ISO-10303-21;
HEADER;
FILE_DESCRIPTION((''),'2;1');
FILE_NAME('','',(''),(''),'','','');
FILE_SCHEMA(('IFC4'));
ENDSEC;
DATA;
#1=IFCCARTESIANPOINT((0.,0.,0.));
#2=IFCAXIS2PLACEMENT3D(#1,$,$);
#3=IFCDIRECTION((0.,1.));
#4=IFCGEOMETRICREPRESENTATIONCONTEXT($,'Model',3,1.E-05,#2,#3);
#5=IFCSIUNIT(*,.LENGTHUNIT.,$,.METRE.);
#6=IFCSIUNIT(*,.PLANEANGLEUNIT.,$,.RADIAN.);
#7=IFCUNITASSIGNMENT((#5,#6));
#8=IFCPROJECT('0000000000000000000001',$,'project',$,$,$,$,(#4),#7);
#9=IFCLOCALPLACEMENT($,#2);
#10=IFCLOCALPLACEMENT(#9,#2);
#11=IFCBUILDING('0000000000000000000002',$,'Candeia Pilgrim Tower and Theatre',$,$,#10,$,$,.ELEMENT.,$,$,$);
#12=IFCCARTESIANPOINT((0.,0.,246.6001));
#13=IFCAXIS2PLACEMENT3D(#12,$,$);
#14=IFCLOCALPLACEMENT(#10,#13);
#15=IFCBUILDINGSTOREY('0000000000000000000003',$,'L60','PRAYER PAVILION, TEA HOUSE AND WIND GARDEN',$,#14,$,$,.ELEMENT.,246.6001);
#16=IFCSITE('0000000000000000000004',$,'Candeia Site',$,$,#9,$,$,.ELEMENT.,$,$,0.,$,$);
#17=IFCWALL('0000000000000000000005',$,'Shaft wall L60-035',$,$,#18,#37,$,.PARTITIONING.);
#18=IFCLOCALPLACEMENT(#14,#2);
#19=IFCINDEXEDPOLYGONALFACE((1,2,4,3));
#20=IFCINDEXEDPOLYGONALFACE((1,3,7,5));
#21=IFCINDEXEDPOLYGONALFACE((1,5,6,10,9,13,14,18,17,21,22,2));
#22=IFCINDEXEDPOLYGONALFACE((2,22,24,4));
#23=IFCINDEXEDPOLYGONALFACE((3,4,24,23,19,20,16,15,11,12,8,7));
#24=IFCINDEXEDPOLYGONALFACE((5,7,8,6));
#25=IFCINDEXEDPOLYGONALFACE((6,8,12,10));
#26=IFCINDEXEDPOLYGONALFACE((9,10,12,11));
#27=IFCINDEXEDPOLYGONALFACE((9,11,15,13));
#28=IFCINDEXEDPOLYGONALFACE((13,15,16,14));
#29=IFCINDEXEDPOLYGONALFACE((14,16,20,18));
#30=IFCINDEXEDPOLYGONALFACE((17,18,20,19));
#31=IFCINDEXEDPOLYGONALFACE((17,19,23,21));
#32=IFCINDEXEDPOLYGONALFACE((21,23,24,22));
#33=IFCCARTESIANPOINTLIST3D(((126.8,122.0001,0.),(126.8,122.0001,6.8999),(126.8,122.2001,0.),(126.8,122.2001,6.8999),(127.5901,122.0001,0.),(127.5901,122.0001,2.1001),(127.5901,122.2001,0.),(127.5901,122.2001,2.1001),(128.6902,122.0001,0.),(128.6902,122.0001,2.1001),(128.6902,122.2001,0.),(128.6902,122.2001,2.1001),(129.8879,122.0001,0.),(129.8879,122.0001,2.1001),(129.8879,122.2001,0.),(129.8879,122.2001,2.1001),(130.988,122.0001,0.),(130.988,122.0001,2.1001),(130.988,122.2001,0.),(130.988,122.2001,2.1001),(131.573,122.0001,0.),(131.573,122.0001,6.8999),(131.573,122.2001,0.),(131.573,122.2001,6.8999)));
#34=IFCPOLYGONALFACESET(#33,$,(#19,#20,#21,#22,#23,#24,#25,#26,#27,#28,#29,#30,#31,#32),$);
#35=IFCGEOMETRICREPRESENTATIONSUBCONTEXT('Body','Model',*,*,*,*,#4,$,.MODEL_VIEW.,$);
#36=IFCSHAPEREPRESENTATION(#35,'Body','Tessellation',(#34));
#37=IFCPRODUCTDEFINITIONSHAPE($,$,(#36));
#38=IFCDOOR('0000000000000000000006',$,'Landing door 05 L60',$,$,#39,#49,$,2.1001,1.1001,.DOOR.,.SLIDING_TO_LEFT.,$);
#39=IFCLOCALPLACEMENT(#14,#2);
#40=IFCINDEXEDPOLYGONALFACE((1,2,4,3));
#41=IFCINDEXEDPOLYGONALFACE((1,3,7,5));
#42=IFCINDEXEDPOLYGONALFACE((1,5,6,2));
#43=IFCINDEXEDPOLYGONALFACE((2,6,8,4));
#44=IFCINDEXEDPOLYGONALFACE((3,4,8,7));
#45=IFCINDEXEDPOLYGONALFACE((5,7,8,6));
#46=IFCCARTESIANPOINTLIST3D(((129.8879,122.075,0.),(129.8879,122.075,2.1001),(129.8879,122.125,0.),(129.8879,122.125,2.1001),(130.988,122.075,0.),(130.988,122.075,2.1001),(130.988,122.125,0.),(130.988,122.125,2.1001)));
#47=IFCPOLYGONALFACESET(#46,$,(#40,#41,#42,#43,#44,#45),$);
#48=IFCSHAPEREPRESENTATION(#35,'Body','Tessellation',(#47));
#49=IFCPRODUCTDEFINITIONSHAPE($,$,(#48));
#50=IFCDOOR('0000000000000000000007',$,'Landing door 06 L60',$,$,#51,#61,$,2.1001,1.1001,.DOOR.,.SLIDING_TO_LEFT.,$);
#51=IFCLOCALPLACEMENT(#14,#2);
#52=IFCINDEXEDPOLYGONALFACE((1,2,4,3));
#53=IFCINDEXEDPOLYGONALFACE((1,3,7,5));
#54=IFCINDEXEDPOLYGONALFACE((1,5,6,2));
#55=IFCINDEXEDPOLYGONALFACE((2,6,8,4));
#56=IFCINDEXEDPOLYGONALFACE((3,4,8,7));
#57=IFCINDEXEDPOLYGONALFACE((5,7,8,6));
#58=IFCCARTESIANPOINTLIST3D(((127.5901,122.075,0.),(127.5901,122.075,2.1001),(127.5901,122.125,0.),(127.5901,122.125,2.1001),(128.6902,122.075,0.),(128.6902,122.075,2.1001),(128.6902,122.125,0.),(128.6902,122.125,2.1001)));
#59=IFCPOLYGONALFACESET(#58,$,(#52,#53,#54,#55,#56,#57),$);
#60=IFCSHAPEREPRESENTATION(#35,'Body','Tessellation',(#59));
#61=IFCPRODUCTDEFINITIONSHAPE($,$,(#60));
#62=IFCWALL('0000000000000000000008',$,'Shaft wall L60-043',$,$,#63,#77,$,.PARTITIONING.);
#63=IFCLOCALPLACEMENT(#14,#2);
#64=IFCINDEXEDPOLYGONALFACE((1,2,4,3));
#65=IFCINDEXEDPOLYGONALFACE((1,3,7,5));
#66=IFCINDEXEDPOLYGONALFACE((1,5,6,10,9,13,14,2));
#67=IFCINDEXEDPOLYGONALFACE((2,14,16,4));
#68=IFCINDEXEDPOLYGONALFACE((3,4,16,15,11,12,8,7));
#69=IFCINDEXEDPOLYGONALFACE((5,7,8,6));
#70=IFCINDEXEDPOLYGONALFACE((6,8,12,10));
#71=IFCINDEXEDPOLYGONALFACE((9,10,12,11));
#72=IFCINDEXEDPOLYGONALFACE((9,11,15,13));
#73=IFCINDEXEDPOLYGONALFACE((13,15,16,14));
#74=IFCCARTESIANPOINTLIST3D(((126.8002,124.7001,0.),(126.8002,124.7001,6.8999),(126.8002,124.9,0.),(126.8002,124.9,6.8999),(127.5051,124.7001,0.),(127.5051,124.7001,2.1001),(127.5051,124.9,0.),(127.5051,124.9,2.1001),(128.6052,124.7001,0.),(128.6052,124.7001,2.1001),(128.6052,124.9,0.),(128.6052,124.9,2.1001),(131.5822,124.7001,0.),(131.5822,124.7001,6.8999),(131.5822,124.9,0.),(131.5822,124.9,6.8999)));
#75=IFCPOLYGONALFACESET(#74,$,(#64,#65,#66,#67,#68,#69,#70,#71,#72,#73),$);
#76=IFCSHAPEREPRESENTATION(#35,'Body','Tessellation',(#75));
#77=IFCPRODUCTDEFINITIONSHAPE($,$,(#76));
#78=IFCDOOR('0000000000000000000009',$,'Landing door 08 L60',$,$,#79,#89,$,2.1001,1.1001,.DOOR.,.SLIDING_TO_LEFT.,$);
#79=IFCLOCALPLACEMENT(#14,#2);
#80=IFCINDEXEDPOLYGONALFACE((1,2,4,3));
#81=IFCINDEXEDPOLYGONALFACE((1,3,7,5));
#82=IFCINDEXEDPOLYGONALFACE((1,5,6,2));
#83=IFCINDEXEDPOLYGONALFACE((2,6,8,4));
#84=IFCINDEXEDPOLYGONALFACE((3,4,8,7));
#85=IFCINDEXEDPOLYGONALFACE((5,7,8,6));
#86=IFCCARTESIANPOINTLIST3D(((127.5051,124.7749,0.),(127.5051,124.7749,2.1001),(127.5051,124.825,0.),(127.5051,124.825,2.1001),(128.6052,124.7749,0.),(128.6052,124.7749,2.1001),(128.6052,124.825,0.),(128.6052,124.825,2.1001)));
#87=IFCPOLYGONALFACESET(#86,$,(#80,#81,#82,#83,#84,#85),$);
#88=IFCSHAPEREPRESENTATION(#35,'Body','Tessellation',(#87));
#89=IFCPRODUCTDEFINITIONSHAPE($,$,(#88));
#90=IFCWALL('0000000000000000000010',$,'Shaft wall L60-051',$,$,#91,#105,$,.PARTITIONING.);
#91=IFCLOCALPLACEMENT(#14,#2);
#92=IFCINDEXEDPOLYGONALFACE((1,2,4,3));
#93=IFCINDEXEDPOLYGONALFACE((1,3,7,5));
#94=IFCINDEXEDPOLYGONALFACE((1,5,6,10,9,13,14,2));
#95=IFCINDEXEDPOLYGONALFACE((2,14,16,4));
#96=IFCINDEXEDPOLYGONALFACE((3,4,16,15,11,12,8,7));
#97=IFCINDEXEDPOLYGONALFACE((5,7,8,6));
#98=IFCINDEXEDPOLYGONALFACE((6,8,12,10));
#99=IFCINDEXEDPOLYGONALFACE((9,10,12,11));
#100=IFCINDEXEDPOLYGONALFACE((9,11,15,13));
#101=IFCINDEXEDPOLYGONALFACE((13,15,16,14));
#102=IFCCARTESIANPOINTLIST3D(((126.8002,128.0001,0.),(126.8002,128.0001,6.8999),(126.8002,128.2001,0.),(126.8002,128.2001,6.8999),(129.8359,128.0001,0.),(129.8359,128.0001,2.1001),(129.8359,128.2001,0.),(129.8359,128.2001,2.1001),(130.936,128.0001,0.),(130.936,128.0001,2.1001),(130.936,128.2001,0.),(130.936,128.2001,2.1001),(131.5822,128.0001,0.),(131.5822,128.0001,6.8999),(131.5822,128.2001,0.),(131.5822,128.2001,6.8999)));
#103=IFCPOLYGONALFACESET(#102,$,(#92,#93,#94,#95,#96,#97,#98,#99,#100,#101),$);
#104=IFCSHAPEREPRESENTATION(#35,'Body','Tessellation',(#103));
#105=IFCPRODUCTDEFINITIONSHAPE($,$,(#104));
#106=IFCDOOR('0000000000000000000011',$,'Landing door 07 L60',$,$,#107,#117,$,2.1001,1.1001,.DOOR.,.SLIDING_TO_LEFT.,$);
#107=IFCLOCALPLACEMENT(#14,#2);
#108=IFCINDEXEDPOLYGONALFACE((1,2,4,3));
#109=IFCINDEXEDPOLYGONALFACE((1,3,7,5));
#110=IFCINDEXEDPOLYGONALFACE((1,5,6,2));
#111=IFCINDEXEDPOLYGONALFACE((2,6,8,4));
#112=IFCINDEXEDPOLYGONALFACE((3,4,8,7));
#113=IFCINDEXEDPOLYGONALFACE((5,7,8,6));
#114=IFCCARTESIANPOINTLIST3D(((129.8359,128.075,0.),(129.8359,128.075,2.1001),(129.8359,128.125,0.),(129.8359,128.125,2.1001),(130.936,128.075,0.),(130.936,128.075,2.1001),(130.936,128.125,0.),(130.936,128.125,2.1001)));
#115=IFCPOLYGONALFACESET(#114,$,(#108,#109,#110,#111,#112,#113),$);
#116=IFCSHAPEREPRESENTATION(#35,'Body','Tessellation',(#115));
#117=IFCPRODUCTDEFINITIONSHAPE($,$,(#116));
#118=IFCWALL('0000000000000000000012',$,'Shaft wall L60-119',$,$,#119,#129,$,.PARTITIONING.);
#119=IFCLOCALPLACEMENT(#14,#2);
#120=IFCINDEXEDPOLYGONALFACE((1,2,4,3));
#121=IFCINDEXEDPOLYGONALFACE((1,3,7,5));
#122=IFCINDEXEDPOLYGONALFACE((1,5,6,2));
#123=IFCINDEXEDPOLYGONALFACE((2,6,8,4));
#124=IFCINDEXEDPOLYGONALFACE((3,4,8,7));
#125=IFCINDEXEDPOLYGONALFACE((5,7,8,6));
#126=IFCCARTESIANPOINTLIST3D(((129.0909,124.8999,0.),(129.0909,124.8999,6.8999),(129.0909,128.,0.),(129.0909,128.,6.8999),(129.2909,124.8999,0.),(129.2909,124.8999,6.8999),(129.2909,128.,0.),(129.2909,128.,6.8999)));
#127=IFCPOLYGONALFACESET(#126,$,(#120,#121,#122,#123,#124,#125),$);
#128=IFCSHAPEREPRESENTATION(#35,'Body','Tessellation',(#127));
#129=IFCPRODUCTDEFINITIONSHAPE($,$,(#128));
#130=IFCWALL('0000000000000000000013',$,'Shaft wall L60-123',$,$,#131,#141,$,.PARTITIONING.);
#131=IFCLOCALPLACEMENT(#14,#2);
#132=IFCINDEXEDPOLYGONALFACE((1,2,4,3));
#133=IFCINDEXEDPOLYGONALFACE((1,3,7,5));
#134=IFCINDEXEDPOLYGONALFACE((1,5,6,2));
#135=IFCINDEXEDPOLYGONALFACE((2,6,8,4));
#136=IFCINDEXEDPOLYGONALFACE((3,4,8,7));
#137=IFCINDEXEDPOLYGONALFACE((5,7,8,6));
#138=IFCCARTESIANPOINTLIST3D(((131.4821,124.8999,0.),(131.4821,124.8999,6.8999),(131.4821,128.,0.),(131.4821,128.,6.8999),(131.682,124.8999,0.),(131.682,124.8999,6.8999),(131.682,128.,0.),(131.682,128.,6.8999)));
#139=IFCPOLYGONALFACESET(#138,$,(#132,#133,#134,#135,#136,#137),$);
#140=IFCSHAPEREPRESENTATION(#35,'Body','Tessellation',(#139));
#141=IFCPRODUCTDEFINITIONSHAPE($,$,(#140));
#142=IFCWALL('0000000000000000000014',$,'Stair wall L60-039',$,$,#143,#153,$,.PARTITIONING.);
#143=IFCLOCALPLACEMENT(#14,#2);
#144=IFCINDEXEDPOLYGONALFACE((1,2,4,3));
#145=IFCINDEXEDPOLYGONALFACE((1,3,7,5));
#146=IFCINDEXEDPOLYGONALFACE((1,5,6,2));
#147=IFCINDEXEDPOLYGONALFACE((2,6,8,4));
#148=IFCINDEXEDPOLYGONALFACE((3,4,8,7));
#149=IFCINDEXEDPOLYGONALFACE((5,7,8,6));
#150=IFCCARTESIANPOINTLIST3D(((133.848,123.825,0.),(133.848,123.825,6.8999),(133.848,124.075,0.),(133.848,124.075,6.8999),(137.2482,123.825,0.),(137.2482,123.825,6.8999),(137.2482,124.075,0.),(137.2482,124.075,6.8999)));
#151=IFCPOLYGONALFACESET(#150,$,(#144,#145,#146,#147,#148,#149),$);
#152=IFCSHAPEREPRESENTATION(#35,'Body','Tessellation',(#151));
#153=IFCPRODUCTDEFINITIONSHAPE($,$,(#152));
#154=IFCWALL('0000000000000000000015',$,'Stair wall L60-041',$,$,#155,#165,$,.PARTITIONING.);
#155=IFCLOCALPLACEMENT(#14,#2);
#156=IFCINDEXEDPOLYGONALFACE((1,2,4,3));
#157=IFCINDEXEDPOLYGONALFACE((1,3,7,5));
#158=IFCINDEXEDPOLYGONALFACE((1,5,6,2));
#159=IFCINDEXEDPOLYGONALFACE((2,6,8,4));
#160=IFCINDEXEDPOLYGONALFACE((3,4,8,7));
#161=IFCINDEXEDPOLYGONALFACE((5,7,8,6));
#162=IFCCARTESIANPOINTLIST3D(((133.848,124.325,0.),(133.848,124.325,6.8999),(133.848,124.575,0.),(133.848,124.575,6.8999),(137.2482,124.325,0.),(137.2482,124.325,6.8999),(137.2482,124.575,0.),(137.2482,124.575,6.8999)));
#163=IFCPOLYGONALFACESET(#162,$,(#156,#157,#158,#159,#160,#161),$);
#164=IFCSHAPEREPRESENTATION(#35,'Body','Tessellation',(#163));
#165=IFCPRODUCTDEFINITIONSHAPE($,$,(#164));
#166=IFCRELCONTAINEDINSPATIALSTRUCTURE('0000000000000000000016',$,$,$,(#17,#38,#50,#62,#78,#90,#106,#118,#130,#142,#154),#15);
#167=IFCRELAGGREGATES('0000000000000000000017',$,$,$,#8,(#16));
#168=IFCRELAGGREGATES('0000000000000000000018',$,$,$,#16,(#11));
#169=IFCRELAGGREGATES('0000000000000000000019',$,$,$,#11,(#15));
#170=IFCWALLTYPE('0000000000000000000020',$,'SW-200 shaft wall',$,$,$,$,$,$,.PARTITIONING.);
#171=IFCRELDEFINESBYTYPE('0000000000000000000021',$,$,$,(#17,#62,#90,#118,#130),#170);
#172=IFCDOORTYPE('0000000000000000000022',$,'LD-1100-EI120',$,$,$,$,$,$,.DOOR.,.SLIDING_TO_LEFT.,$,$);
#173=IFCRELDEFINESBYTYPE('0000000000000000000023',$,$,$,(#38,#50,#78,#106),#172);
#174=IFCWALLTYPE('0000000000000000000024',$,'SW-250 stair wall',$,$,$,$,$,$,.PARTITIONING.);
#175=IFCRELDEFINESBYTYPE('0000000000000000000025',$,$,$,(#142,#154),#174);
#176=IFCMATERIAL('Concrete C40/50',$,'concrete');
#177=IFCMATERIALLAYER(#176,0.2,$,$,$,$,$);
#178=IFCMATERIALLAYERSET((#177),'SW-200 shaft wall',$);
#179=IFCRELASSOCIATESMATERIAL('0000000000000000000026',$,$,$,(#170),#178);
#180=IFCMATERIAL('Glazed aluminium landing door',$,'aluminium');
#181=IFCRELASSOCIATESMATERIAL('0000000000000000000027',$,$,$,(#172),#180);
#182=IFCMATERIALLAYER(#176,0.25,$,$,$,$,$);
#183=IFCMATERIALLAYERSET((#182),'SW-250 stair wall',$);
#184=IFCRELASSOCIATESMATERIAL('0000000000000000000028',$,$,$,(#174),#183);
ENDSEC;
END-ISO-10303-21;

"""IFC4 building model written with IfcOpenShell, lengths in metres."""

from ifc_helpers import new_model, si_unit, direction, frame, frame_2d, origin, place, context, subcontext, project, spatial, rectangle, extrude, material, layer, layer_set, type_object, element, fill, save


model = new_model("IFC4")

# Units and contexts
model_context = context("Model", 3, precision=1e-05, world=origin(), true_north=direction((0.0, 1.0)))
body_context = subcontext(model_context, "Body", "Model", "MODEL_VIEW")
ifc_project = project(units=[si_unit("LENGTHUNIT", "METRE"), si_unit("PLANEANGLEUNIT", "RADIAN")], contexts=[model_context])

# Site, building, storey
site_placement = place(None, origin())
site = spatial("IfcSite", under=ifc_project, at=site_placement, Name="Candeia Site", CompositionType="ELEMENT", RefElevation=0.0)
building_placement = place(site_placement, origin())
building = spatial("IfcBuilding", under=site, at=building_placement, Name="Candeia Pilgrim Tower and Theatre", CompositionType="ELEMENT")
storey_placement = place(building_placement, frame((0.0, 0.0, 246.6001)))
storey = spatial("IfcBuildingStorey", under=building, at=storey_placement, Name="L60", Description="PRAYER PAVILION, TEA HOUSE AND WIND GARDEN", CompositionType="ELEMENT", Elevation=246.6001)

# Wall, openings, doors
ifc_material_1 = material(Name="Concrete C40/50", Category="concrete")
ifc_layer_1 = layer(ifc_material_1, 0.2)
ifc_layer_set_1 = layer_set([ifc_layer_1], Name="SW-200 shaft wall")
wall_type_1 = type_object("IfcWallType", Name="SW-200 shaft wall", PredefinedType="PARTITIONING", material=ifc_layer_set_1)
wall_1_placement = place(storey_placement, frame((126.8, 122.1001, 0.0), z_axis=(0.0, 0.0, 1.0), x_axis=(1.0, 0.0, 0.0)))
wall_1 = element("IfcWall", 1, at=wall_1_placement, inside=storey, type_object=wall_type_1, Name="Shaft wall L60-035", PredefinedType="PARTITIONING", context=body_context, shape_type="SweptSolid", body=[
    extrude(rectangle(XDim=4.7729, YDim=0.2, at=frame_2d((2.3865, 0.0))), origin(), (0.0, 0.0, 1.0), 6.8999),
])
opening_1_placement = place(wall_1_placement, frame((3.0879, 0.0, 0.0)))
opening_1 = element("IfcOpeningElement", 2, at=opening_1_placement, cuts=wall_1, PredefinedType="OPENING", context=body_context, shape_type="SweptSolid", body=[
    extrude(rectangle(XDim=1.1001, YDim=2.1001, at=frame_2d((0.55, 1.05))), frame((0.0, 0.1099, 0.0), z_axis=(0.0, -1.0, 0.0), x_axis=(1.0, 0.0, 0.0)), (0.0, 0.0, 1.0), 0.22),
])
opening_2_placement = place(wall_1_placement, frame((0.79, 0.0, 0.0)))
opening_2 = element("IfcOpeningElement", 3, at=opening_2_placement, cuts=wall_1, PredefinedType="OPENING", context=body_context, shape_type="SweptSolid", body=[
    extrude(rectangle(XDim=1.1001, YDim=2.1001, at=frame_2d((0.55, 1.05))), frame((0.0, 0.1099, 0.0), z_axis=(0.0, -1.0, 0.0), x_axis=(1.0, 0.0, 0.0)), (0.0, 0.0, 1.0), 0.22),
])
ifc_material_2 = material(Name="Glazed aluminium landing door", Category="aluminium")
door_type_1 = type_object("IfcDoorType", Name="LD-1100-EI120", OperationType="SLIDING_TO_LEFT", PredefinedType="DOOR", material=ifc_material_2)
door_1_placement = place(opening_1_placement, origin())
door_1 = element("IfcDoor", 4, at=door_1_placement, inside=storey, type_object=door_type_1, Name="Landing door 05 L60", OperationType="SLIDING_TO_LEFT", OverallHeight=2.1001, OverallWidth=1.1001, PredefinedType="DOOR", context=body_context, shape_type="SweptSolid", body=[
    extrude(rectangle(XDim=1.1001, YDim=2.1001, at=frame_2d((0.55, 1.05))), frame((0.0, 0.0249, 0.0), z_axis=(0.0, -1.0, 0.0), x_axis=(1.0, 0.0, 0.0)), (0.0, 0.0, 1.0), 0.05),
])
fill(opening_1, door_1)
door_2_placement = place(opening_2_placement, origin())
door_2 = element("IfcDoor", 5, at=door_2_placement, inside=storey, type_object=door_type_1, Name="Landing door 06 L60", OperationType="SLIDING_TO_LEFT", OverallHeight=2.1001, OverallWidth=1.1001, PredefinedType="DOOR", context=body_context, shape_type="SweptSolid", body=[
    extrude(rectangle(XDim=1.1001, YDim=2.1001, at=frame_2d((0.55, 1.05))), frame((0.0, 0.0249, 0.0), z_axis=(0.0, -1.0, 0.0), x_axis=(1.0, 0.0, 0.0)), (0.0, 0.0, 1.0), 0.05),
])
fill(opening_2, door_2)

# Walls, openings, doors
wall_2_placement = place(storey_placement, frame((126.8, 124.8, 0.0), z_axis=(0.0, 0.0, 1.0), x_axis=(1.0, 0.0, 0.0)))
wall_2 = element("IfcWall", 6, at=wall_2_placement, inside=storey, type_object=wall_type_1, Name="Shaft wall L60-043", PredefinedType="PARTITIONING", context=body_context, shape_type="SweptSolid", body=[
    extrude(rectangle(XDim=4.782, YDim=0.2, at=frame_2d((2.3911, 0.0))), origin(), (0.0, 0.0, 1.0), 6.8999),
])
opening_3_placement = place(wall_2_placement, frame((0.7051, 0.0, 0.0)))
opening_3 = element("IfcOpeningElement", 7, at=opening_3_placement, cuts=wall_2, PredefinedType="OPENING", context=body_context, shape_type="SweptSolid", body=[
    extrude(rectangle(XDim=1.1001, YDim=2.1001, at=frame_2d((0.55, 1.05))), frame((0.0, 0.1099, 0.0), z_axis=(0.0, -1.0, 0.0), x_axis=(1.0, 0.0, 0.0)), (0.0, 0.0, 1.0), 0.22),
])
door_3_placement = place(opening_3_placement, origin())
door_3 = element("IfcDoor", 8, at=door_3_placement, inside=storey, type_object=door_type_1, Name="Landing door 08 L60", OperationType="SLIDING_TO_LEFT", OverallHeight=2.1001, OverallWidth=1.1001, PredefinedType="DOOR", context=body_context, shape_type="SweptSolid", body=[
    extrude(rectangle(XDim=1.1001, YDim=2.1001, at=frame_2d((0.55, 1.05))), frame((0.0, 0.0249, 0.0), z_axis=(0.0, -1.0, 0.0), x_axis=(1.0, 0.0, 0.0)), (0.0, 0.0, 1.0), 0.05),
])
fill(opening_3, door_3)
wall_3_placement = place(storey_placement, frame((126.8, 128.1001, 0.0), z_axis=(0.0, 0.0, 1.0), x_axis=(1.0, 0.0, 0.0)))
wall_3 = element("IfcWall", 9, at=wall_3_placement, inside=storey, type_object=wall_type_1, Name="Shaft wall L60-051", PredefinedType="PARTITIONING", context=body_context, shape_type="SweptSolid", body=[
    extrude(rectangle(XDim=4.782, YDim=0.2, at=frame_2d((2.3911, 0.0))), origin(), (0.0, 0.0, 1.0), 6.8999),
])
opening_4_placement = place(wall_3_placement, frame((3.0359, 0.0, 0.0)))
opening_4 = element("IfcOpeningElement", 10, at=opening_4_placement, cuts=wall_3, PredefinedType="OPENING", context=body_context, shape_type="SweptSolid", body=[
    extrude(rectangle(XDim=1.1001, YDim=2.1001, at=frame_2d((0.55, 1.05))), frame((0.0, 0.1099, 0.0), z_axis=(0.0, -1.0, 0.0), x_axis=(1.0, 0.0, 0.0)), (0.0, 0.0, 1.0), 0.22),
])
door_4_placement = place(opening_4_placement, origin())
door_4 = element("IfcDoor", 11, at=door_4_placement, inside=storey, type_object=door_type_1, Name="Landing door 07 L60", OperationType="SLIDING_TO_LEFT", OverallHeight=2.1001, OverallWidth=1.1001, PredefinedType="DOOR", context=body_context, shape_type="SweptSolid", body=[
    extrude(rectangle(XDim=1.1001, YDim=2.1001, at=frame_2d((0.55, 1.05))), frame((0.0, 0.0249, 0.0), z_axis=(0.0, -1.0, 0.0), x_axis=(1.0, 0.0, 0.0)), (0.0, 0.0, 1.0), 0.05),
])
fill(opening_4, door_4)

# Walls
for number, where, z_axis, x_axis, name in (
    (12, (129.1909, 124.8999, 0.0), (0.0, 0.0, 1.0), (0.0, 1.0, 0.0), "Shaft wall L60-119"),
    (13, (131.582, 124.8999, 0.0), (0.0, 0.0, 1.0), (0.0, 1.0, 0.0), "Shaft wall L60-123"),
):
    element("IfcWall", number, at=place(storey_placement, frame(where, z_axis=z_axis, x_axis=x_axis)), inside=storey, type_object=wall_type_1, Name=name, PredefinedType="PARTITIONING", context=body_context, shape_type="SweptSolid", body=[
        extrude(rectangle(XDim=3.1001, YDim=0.2, at=frame_2d((1.55, 0.0))), origin(), (0.0, 0.0, 1.0), 6.8999),
    ])
ifc_layer_2 = layer(ifc_material_1, 0.25)
ifc_layer_set_2 = layer_set([ifc_layer_2], Name="SW-250 stair wall")
wall_type_2 = type_object("IfcWallType", Name="SW-250 stair wall", PredefinedType="PARTITIONING", material=ifc_layer_set_2)
for number, where, z_axis, x_axis, name in (
    (14, (133.8479, 123.95, 0.0), (0.0, 0.0, 1.0), (1.0, 0.0, 0.0), "Stair wall L60-039"),
    (15, (133.8479, 124.45, 0.0), (0.0, 0.0, 1.0), (1.0, 0.0, 0.0), "Stair wall L60-041"),
):
    element("IfcWall", number, at=place(storey_placement, frame(where, z_axis=z_axis, x_axis=x_axis)), inside=storey, type_object=wall_type_2, Name=name, PredefinedType="PARTITIONING", context=body_context, shape_type="SweptSolid", body=[
        extrude(rectangle(XDim=3.4001, YDim=0.25, at=frame_2d((1.7002, 0.0))), origin(), (0.0, 0.0, 1.0), 6.8999),
    ])

save(model, "model.ifc")
